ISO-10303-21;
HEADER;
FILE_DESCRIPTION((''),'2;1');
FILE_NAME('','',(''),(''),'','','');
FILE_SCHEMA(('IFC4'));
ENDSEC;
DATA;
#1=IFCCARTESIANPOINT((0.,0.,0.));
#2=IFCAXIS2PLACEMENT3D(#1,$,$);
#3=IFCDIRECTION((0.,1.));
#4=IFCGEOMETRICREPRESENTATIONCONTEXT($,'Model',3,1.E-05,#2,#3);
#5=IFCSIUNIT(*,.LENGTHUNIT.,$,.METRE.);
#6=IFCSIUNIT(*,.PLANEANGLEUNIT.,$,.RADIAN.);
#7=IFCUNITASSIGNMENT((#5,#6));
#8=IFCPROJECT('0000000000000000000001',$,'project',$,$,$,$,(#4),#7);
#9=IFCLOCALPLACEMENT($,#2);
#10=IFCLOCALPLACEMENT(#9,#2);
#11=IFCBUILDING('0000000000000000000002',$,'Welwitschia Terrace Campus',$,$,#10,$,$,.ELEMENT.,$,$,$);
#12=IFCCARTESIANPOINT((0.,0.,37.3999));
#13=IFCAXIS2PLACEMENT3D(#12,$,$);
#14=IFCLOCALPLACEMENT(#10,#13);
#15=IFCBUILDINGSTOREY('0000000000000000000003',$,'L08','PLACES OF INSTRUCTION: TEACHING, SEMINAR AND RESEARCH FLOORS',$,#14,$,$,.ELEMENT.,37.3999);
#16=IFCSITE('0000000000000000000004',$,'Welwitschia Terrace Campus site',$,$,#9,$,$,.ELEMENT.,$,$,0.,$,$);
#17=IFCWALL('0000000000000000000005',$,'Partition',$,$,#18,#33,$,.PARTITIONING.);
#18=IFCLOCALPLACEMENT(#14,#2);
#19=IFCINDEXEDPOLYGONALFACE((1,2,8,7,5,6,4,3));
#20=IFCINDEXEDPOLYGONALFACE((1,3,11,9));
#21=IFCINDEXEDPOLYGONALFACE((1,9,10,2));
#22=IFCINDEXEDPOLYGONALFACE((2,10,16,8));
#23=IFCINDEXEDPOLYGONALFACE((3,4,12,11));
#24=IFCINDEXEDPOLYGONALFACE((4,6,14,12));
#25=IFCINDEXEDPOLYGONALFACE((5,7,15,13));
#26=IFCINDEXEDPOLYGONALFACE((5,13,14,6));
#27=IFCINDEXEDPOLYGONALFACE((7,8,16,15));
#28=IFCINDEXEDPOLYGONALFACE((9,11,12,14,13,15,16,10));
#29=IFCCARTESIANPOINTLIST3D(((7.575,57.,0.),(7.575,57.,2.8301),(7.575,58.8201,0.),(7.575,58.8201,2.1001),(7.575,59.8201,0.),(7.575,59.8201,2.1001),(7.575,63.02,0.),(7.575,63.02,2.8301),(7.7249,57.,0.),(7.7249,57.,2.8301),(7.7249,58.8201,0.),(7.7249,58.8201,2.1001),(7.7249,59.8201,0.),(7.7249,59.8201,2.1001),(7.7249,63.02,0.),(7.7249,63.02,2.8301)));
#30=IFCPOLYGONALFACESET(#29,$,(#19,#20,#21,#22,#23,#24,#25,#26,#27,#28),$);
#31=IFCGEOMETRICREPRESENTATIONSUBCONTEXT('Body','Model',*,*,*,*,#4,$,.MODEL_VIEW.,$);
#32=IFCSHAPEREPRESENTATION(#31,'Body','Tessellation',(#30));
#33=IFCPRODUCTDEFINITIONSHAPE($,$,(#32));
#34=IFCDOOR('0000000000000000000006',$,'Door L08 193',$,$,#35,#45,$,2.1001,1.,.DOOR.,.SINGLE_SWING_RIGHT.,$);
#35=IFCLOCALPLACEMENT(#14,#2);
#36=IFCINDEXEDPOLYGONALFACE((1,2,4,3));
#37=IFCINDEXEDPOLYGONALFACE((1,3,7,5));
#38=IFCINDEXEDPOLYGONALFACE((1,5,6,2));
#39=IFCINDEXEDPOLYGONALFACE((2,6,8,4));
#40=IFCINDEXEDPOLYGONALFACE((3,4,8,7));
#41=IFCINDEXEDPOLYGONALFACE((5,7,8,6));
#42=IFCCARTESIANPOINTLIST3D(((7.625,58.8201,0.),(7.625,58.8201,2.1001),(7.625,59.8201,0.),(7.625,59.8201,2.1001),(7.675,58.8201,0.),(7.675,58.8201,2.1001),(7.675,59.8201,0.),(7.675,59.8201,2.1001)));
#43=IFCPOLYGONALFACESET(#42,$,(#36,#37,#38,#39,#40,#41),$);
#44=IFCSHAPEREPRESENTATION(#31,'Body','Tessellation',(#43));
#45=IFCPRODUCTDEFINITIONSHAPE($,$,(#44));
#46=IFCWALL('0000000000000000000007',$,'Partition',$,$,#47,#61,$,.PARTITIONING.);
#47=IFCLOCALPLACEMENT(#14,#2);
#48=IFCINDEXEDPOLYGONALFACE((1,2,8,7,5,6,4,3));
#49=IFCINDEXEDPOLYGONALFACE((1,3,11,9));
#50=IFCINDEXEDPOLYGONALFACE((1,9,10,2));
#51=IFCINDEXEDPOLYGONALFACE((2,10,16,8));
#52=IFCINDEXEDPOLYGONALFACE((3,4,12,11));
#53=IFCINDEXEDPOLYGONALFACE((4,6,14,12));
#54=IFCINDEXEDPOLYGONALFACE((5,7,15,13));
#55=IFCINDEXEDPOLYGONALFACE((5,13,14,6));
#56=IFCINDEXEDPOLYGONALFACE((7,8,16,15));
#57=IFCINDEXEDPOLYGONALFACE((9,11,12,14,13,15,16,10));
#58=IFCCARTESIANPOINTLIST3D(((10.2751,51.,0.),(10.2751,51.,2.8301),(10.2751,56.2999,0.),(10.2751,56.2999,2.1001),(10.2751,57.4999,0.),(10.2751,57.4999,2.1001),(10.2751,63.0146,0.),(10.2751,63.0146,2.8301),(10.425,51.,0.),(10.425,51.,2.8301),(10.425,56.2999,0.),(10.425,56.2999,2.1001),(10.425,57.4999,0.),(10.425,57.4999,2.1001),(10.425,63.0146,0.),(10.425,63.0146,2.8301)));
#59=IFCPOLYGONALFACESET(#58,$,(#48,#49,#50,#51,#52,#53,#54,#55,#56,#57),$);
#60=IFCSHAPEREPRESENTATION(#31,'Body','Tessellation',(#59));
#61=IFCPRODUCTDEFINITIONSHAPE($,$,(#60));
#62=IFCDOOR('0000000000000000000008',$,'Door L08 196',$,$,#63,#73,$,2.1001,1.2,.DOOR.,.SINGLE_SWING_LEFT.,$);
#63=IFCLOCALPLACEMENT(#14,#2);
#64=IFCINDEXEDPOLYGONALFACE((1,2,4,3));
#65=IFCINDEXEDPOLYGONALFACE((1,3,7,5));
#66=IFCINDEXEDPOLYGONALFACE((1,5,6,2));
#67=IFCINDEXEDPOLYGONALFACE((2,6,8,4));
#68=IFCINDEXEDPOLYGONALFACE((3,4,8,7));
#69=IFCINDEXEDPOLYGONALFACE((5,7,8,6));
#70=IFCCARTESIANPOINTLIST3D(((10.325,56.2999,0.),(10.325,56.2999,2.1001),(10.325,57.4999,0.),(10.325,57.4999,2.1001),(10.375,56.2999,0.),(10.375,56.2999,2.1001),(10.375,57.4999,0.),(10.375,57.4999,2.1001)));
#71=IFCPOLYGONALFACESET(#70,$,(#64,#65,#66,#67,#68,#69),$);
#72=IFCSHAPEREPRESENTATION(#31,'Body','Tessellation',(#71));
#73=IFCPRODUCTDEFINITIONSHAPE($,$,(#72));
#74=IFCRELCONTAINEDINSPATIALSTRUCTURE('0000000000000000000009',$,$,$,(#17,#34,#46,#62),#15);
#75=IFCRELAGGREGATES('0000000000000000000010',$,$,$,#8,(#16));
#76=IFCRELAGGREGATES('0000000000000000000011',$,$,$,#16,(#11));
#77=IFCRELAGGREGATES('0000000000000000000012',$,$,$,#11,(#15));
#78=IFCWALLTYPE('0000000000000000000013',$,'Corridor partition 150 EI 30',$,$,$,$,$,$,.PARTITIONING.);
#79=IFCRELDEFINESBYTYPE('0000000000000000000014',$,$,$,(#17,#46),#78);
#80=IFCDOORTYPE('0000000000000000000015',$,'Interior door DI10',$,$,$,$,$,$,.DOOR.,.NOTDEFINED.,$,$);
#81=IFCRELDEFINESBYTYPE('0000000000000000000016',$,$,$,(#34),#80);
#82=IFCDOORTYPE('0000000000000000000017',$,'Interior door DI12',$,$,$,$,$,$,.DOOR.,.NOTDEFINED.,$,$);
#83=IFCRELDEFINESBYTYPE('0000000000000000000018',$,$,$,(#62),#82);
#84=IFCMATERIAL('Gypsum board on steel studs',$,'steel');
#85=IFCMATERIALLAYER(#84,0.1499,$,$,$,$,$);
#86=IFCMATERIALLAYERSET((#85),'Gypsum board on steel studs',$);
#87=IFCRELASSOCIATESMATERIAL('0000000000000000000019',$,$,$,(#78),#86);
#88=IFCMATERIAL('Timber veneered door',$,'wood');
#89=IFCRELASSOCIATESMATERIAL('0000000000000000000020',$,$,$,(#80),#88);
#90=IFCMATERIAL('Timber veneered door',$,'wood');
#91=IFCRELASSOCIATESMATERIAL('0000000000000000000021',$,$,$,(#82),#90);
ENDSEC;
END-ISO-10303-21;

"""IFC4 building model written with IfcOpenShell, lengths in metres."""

from ifc_helpers import new_model, si_unit, direction, frame, frame_2d, origin, place, context, subcontext, project, spatial, rectangle, extrude, material, layer, layer_set, type_object, element, fill, save


model = new_model("IFC4")

# Units and contexts
model_context = context("Model", 3, precision=1e-05, world=origin(), true_north=direction((0.0, 1.0)))
body_context = subcontext(model_context, "Body", "Model", "MODEL_VIEW")
ifc_project = project(units=[si_unit("LENGTHUNIT", "METRE"), si_unit("PLANEANGLEUNIT", "RADIAN")], contexts=[model_context])

# Site, building, storey
site_placement = place(None, origin())
site = spatial("IfcSite", under=ifc_project, at=site_placement, Name="Welwitschia Terrace Campus site", CompositionType="ELEMENT", RefElevation=0.0)
building_placement = place(site_placement, origin())
building = spatial("IfcBuilding", under=site, at=building_placement, Name="Welwitschia Terrace Campus", CompositionType="ELEMENT")
storey_placement = place(building_placement, frame((0.0, 0.0, 37.3999)))
storey = spatial("IfcBuildingStorey", under=building, at=storey_placement, Name="L08", Description="PLACES OF INSTRUCTION: TEACHING, SEMINAR AND RESEARCH FLOORS", CompositionType="ELEMENT", Elevation=37.3999)

# Shared definitions
ifc_material_1 = material(Name="Gypsum board on steel studs", Category="steel")
ifc_layer_1 = layer(ifc_material_1, 0.1499)
ifc_layer_set_1 = layer_set([ifc_layer_1], Name="Gypsum board on steel studs")
wall_type = type_object("IfcWallType", Name="Corridor partition 150 EI 30", PredefinedType="PARTITIONING", material=ifc_layer_set_1)

# Walls, openings, doors
wall_1_placement = place(storey_placement, frame((7.6499, 57.0, 0.0), z_axis=(0.0, 0.0, 1.0), x_axis=(0.0, 1.0, 0.0)))
wall_1 = element("IfcWall", 1, at=wall_1_placement, inside=storey, type_object=wall_type, Name="Partition", PredefinedType="PARTITIONING", context=body_context, shape_type="SweptSolid", body=[
    extrude(rectangle(XDim=6.02, YDim=0.1499, at=frame_2d((3.01, 0.0))), origin(), (0.0, 0.0, 1.0), 2.8301),
])
opening_1_placement = place(wall_1_placement, frame((1.8201, 0.0, 0.0)))
opening_1 = element("IfcOpeningElement", 2, at=opening_1_placement, cuts=wall_1, PredefinedType="OPENING", context=body_context, shape_type="SweptSolid", body=[
    extrude(rectangle(XDim=1.0, YDim=2.1001, at=frame_2d((0.5, 1.05))), frame((0.0, 0.085, 0.0), z_axis=(0.0, -1.0, 0.0), x_axis=(1.0, 0.0, 0.0)), (0.0, 0.0, 1.0), 0.1699),
])
ifc_material_2 = material(Name="Timber veneered door", Category="wood")
door_type_1 = type_object("IfcDoorType", Name="Interior door DI10", OperationType="NOTDEFINED", PredefinedType="DOOR", material=ifc_material_2)
door_1_placement = place(opening_1_placement, origin())
door_1 = element("IfcDoor", 3, at=door_1_placement, inside=storey, type_object=door_type_1, Name="Door L08 193", OperationType="SINGLE_SWING_RIGHT", OverallHeight=2.1001, OverallWidth=1.0, PredefinedType="DOOR", context=body_context, shape_type="SweptSolid", body=[
    extrude(rectangle(XDim=1.0, YDim=2.1001, at=frame_2d((0.5, 1.05))), frame((0.0, 0.0249, 0.0), z_axis=(0.0, -1.0, 0.0), x_axis=(1.0, 0.0, 0.0)), (0.0, 0.0, 1.0), 0.05),
])
fill(opening_1, door_1)
wall_2_placement = place(storey_placement, frame((10.3501, 63.0146, 0.0), z_axis=(0.0, 0.0, 1.0), x_axis=(0.0, -1.0, 0.0)))
wall_2 = element("IfcWall", 4, at=wall_2_placement, inside=storey, type_object=wall_type, Name="Partition", PredefinedType="PARTITIONING", context=body_context, shape_type="SweptSolid", body=[
    extrude(rectangle(XDim=12.0146, YDim=0.1499, at=frame_2d((6.0073, 0.0))), origin(), (0.0, 0.0, 1.0), 2.8301),
])
opening_2_placement = place(wall_2_placement, frame((5.5146, 0.0, 0.0)))
opening_2 = element("IfcOpeningElement", 5, at=opening_2_placement, cuts=wall_2, PredefinedType="OPENING", context=body_context, shape_type="SweptSolid", body=[
    extrude(rectangle(XDim=1.2, YDim=2.1001, at=frame_2d((0.6001, 1.05))), frame((0.0, 0.085, 0.0), z_axis=(0.0, -1.0, 0.0), x_axis=(1.0, 0.0, 0.0)), (0.0, 0.0, 1.0), 0.1699),
])
ifc_material_3 = material(Name="Timber veneered door", Category="wood")
door_type_2 = type_object("IfcDoorType", Name="Interior door DI12", OperationType="NOTDEFINED", PredefinedType="DOOR", material=ifc_material_3)
door_2_placement = place(opening_2_placement, origin())
door_2 = element("IfcDoor", 6, at=door_2_placement, inside=storey, type_object=door_type_2, Name="Door L08 196", OperationType="SINGLE_SWING_LEFT", OverallHeight=2.1001, OverallWidth=1.2, PredefinedType="DOOR", context=body_context, shape_type="SweptSolid", body=[
    extrude(rectangle(XDim=1.2, YDim=2.1001, at=frame_2d((0.6001, 1.05))), frame((0.0, 0.0249, 0.0), z_axis=(0.0, -1.0, 0.0), x_axis=(1.0, 0.0, 0.0)), (0.0, 0.0, 1.0), 0.05),
])
fill(opening_2, door_2)

save(model, "model.ifc")
